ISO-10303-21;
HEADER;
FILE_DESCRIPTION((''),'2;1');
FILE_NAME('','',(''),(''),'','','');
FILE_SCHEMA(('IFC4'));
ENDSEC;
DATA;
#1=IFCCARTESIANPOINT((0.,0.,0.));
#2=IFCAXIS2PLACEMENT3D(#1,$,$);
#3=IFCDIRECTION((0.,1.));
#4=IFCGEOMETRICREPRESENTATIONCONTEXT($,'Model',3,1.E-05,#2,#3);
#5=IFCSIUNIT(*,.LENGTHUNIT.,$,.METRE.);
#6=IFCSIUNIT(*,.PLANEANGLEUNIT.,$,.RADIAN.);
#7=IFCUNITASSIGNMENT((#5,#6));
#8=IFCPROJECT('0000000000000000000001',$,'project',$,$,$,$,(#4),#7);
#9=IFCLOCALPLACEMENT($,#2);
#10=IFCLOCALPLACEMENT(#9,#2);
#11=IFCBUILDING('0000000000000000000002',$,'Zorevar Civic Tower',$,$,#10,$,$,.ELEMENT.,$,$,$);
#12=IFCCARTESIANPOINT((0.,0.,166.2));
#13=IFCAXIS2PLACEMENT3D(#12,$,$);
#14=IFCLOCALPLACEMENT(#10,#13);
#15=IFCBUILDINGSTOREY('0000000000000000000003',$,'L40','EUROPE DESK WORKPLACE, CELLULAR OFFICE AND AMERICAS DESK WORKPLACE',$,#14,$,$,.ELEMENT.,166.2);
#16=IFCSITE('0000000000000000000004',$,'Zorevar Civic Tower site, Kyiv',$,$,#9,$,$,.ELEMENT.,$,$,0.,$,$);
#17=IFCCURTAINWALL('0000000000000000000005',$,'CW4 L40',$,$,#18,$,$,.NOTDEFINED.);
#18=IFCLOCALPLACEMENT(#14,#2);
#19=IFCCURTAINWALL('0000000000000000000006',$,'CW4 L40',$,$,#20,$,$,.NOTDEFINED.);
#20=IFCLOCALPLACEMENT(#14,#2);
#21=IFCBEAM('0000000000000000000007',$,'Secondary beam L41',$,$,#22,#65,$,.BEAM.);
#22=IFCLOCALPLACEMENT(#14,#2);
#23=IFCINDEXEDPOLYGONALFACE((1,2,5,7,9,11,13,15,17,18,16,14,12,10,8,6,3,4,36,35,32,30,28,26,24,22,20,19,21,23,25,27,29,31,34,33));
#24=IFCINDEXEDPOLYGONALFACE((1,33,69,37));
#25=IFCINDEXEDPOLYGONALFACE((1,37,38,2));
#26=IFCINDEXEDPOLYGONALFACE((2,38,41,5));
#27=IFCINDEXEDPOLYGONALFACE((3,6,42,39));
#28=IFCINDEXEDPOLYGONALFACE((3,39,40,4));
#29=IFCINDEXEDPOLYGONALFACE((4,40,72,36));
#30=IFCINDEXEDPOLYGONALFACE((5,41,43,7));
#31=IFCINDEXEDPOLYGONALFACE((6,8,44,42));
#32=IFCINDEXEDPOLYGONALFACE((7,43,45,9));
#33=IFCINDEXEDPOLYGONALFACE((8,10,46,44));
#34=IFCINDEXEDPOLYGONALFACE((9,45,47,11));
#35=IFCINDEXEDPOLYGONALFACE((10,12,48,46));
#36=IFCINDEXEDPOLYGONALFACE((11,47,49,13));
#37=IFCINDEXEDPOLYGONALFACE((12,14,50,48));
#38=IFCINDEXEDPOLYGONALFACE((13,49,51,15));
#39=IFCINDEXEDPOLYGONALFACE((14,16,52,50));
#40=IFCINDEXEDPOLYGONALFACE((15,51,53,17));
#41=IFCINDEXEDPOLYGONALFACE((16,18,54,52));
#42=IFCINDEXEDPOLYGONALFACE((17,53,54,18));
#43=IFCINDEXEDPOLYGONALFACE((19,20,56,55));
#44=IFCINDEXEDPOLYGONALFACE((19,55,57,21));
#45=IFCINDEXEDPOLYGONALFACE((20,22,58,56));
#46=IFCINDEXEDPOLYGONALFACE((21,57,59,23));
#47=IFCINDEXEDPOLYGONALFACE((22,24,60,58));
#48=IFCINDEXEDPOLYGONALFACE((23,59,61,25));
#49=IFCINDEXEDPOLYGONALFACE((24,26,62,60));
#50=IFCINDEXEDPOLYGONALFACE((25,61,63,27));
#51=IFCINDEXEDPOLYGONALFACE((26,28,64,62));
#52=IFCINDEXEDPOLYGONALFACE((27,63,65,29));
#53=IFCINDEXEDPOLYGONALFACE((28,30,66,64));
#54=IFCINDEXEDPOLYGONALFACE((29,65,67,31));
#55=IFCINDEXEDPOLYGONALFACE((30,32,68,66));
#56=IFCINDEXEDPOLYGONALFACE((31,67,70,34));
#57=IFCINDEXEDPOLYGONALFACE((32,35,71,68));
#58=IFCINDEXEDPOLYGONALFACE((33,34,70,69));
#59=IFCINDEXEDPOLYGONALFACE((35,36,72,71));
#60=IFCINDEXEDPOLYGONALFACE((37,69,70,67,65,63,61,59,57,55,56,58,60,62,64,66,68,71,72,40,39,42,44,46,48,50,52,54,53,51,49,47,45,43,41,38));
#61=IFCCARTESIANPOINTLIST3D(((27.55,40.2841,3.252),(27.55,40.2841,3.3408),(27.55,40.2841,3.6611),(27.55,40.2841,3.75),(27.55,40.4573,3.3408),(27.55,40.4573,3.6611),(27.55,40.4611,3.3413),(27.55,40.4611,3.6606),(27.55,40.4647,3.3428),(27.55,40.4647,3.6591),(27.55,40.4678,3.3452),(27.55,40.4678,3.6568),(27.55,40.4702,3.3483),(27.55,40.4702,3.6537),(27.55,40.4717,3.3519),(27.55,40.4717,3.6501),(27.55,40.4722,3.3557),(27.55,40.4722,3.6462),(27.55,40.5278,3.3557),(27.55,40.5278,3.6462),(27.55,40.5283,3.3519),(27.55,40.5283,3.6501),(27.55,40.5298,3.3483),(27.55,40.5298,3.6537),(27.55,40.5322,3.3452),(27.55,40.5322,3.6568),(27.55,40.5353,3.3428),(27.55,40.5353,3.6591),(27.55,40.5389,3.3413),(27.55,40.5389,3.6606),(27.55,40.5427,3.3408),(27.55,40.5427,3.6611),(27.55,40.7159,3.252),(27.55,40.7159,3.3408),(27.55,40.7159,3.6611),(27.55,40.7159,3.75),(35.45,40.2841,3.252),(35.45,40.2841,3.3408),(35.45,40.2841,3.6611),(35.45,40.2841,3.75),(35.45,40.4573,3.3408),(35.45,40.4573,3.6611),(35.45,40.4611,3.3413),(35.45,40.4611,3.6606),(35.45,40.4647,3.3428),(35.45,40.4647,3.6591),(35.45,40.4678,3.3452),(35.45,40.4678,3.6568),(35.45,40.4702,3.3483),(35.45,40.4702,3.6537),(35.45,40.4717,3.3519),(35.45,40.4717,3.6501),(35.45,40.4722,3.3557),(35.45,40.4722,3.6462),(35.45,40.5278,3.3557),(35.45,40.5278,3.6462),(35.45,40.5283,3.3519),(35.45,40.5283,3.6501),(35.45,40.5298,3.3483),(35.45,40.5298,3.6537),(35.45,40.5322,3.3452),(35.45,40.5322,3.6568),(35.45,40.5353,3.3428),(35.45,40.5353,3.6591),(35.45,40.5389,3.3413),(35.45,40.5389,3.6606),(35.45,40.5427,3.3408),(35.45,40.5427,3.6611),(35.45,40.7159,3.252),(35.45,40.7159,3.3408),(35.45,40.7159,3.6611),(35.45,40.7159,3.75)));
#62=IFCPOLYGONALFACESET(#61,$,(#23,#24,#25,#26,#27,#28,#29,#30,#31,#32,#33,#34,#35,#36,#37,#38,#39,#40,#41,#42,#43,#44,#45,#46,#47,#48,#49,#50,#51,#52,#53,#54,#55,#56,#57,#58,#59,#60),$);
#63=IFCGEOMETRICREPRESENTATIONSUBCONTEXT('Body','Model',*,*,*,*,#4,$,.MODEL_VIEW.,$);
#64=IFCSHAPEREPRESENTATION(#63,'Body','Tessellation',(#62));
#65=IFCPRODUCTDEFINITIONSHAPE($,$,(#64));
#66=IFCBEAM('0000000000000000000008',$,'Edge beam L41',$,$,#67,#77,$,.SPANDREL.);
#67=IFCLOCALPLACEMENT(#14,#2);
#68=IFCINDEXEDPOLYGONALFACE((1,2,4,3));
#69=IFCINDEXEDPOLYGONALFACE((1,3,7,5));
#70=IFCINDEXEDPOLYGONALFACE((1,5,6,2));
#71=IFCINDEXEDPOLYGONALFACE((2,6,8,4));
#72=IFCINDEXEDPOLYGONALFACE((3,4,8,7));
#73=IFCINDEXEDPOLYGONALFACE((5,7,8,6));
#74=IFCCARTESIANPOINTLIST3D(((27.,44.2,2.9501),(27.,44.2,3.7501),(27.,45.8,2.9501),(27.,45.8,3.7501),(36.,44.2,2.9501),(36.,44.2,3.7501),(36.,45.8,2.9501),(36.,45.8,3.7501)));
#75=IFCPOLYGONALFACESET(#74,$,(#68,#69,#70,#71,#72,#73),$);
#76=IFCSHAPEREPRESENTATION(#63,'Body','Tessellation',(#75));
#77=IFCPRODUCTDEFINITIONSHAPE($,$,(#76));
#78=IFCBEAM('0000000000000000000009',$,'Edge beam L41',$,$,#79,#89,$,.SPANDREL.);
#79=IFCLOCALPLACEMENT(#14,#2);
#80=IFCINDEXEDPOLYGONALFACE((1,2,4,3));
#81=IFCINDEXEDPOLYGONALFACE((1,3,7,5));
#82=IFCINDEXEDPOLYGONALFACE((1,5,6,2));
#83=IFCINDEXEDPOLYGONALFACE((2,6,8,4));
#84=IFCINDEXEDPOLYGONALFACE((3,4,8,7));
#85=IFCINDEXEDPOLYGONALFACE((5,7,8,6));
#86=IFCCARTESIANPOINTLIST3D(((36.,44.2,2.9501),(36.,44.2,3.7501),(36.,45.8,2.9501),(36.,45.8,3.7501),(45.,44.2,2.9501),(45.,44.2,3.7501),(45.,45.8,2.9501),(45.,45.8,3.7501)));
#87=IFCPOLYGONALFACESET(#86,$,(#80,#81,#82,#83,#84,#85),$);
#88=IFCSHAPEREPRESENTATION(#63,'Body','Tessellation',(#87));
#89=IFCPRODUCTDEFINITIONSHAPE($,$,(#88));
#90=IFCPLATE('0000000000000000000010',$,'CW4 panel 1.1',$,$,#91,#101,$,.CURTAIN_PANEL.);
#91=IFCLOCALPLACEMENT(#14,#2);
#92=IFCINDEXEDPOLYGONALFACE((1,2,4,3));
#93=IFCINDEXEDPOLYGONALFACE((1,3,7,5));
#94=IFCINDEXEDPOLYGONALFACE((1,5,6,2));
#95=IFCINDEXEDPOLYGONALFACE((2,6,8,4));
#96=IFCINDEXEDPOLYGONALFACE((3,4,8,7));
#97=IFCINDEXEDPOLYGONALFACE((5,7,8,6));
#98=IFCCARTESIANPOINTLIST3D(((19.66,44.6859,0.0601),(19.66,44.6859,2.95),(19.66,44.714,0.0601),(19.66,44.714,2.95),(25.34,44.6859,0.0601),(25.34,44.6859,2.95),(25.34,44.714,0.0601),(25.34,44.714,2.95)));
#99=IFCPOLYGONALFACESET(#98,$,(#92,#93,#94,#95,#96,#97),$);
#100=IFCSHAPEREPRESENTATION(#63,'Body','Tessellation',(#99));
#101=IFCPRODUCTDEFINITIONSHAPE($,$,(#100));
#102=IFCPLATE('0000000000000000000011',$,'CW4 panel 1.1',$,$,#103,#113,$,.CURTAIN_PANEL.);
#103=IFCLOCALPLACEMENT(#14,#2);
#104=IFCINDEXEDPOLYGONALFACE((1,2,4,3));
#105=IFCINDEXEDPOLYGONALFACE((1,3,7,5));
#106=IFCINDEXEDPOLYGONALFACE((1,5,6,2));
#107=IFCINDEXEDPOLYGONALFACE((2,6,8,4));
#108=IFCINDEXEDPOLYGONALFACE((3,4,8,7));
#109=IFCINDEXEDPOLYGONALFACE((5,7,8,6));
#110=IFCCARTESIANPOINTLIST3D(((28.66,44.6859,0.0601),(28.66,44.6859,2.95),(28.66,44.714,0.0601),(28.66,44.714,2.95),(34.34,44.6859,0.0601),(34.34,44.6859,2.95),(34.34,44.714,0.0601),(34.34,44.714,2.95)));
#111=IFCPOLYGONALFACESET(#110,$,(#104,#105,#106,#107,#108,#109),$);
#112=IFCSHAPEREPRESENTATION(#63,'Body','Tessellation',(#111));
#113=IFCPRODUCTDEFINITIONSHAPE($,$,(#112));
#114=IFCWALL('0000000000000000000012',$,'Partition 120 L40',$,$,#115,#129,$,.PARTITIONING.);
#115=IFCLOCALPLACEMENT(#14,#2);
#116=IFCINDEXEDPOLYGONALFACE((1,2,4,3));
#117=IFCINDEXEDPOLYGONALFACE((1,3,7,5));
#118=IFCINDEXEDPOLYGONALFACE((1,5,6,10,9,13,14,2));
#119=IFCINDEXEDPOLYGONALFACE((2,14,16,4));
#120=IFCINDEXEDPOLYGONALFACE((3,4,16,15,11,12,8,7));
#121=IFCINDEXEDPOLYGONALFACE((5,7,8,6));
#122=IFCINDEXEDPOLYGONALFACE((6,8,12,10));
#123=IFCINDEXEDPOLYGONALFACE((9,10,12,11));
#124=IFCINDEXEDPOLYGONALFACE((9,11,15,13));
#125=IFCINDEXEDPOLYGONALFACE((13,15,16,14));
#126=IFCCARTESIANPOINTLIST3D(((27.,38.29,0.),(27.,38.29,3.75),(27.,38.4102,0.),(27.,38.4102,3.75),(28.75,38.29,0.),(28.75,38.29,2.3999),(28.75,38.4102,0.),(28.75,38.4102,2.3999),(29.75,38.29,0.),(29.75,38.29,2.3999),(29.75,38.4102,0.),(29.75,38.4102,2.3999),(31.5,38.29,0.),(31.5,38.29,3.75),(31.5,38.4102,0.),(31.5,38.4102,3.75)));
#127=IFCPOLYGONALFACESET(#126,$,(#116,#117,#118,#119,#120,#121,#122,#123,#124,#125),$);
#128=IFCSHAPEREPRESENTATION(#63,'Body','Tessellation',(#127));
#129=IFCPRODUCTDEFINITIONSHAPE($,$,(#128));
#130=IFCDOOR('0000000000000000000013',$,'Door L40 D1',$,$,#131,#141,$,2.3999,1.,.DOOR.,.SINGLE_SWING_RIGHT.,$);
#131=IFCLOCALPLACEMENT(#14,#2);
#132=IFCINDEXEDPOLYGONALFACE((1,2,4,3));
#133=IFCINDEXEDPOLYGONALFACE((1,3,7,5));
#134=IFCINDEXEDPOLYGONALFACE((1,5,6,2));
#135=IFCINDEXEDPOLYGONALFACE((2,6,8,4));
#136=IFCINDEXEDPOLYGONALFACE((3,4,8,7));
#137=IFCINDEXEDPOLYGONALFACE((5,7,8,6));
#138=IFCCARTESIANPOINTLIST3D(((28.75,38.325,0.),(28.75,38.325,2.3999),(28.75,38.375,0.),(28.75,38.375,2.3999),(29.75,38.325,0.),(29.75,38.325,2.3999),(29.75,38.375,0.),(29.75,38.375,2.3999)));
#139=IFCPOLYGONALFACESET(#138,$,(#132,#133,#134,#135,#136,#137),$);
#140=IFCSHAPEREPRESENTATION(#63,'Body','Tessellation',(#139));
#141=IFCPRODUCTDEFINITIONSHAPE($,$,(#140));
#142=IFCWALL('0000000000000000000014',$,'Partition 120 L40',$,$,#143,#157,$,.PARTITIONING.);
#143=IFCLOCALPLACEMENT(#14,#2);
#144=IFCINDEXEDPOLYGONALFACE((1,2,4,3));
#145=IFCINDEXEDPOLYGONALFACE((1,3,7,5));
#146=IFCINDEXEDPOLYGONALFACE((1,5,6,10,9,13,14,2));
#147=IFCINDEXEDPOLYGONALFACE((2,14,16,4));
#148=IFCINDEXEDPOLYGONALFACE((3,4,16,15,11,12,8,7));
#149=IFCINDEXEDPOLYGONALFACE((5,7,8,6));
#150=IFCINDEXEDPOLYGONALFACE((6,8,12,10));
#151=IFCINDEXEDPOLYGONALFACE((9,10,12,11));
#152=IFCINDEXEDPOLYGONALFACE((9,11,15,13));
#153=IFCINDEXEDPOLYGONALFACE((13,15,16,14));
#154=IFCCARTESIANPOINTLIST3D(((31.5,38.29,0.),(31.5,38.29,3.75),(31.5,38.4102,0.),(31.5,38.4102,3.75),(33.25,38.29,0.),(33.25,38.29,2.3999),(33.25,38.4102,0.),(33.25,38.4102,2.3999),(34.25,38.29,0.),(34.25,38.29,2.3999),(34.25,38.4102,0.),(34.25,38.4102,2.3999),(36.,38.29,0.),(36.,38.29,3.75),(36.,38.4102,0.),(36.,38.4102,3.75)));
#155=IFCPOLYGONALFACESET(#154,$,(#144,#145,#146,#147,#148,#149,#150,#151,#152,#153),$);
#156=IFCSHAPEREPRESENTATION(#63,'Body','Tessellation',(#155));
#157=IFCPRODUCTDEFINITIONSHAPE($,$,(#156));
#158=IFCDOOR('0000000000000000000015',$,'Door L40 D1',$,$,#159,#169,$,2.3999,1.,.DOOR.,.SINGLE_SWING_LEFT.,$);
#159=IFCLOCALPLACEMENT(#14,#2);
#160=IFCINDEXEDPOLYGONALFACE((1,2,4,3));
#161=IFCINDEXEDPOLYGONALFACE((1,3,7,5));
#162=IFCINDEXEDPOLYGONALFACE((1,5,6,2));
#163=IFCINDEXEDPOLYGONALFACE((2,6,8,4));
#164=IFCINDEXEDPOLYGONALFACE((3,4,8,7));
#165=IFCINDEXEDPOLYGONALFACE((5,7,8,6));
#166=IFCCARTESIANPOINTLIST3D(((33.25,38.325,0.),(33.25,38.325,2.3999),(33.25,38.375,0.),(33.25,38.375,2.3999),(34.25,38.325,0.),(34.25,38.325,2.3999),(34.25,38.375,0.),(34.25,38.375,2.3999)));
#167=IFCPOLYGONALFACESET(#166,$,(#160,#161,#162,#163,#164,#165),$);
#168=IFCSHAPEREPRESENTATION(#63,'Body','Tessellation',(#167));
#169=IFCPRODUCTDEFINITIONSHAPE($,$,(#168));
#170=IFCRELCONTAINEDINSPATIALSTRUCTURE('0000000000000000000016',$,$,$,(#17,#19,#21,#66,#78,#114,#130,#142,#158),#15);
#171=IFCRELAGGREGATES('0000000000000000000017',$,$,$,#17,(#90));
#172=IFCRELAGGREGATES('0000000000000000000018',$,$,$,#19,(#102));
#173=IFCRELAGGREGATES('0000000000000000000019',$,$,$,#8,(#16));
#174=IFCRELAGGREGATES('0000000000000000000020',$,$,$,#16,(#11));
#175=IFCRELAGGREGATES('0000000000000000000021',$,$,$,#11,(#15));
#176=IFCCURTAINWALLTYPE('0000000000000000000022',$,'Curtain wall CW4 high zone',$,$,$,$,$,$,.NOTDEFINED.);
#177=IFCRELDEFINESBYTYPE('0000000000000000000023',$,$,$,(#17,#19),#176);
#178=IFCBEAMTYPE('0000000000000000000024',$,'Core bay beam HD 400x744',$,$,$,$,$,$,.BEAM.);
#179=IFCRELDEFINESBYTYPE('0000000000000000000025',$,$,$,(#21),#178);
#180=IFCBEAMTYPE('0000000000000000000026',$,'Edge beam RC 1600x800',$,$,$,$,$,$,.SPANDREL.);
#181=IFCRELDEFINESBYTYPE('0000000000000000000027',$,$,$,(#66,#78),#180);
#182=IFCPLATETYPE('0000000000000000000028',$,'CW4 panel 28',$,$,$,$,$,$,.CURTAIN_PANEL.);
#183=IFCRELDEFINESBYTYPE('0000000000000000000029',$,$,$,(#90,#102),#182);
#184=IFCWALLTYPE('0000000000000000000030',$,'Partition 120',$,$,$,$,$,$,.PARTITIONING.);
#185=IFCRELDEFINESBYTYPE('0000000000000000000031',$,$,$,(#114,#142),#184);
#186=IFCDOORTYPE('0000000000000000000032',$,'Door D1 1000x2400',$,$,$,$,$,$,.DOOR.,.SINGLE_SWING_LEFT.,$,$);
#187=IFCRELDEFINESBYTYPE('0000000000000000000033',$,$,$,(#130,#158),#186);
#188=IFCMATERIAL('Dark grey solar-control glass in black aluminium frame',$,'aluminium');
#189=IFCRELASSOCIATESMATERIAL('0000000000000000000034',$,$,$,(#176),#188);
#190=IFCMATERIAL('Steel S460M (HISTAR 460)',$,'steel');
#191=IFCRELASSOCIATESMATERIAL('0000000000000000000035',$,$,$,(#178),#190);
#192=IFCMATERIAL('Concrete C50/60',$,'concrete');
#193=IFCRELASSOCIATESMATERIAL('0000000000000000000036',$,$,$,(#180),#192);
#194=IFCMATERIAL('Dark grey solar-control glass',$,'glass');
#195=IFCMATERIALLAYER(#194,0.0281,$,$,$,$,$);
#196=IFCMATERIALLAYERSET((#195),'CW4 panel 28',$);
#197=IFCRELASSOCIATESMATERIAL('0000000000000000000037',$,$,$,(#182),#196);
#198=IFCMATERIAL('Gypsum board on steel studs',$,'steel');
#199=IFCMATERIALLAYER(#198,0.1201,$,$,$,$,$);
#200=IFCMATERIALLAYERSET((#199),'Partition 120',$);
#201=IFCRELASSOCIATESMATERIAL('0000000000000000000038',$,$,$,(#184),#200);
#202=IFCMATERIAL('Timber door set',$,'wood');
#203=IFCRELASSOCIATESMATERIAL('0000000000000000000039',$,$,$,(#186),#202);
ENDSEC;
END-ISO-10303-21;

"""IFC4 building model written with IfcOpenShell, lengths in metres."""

from ifc_helpers import new_model, si_unit, direction, frame, frame_2d, origin, origin_2d, place, context, subcontext, project, spatial, rectangle, i_section, extrude, material, layer, layer_set, material_profile, profile_set, type_object, element, fill, aggregate, save


model = new_model("IFC4")

# Units and contexts
model_context = context("Model", 3, precision=1e-05, world=origin(), true_north=direction((0.0, 1.0)))
body_context = subcontext(model_context, "Body", "Model", "MODEL_VIEW")
ifc_project = project(units=[si_unit("LENGTHUNIT", "METRE"), si_unit("PLANEANGLEUNIT", "RADIAN")], contexts=[model_context])

# Site, building, storey
site_placement = place(None, origin())
site = spatial("IfcSite", under=ifc_project, at=site_placement, Name="Zorevar Civic Tower site, Kyiv", CompositionType="ELEMENT", RefElevation=0.0)
building_placement = place(site_placement, origin())
building = spatial("IfcBuilding", under=site, at=building_placement, Name="Zorevar Civic Tower", CompositionType="ELEMENT")
storey_placement = place(building_placement, frame((0.0, 0.0, 166.2)))
storey = spatial("IfcBuildingStorey", under=building, at=storey_placement, Name="L40", Description="EUROPE DESK WORKPLACE, CELLULAR OFFICE AND AMERICAS DESK WORKPLACE", CompositionType="ELEMENT", Elevation=166.2)

# Curtain walls
ifc_material_1 = material(Name="Dark grey solar-control glass in black aluminium frame", Category="aluminium")
curtain_wall_type = type_object("IfcCurtainWallType", Name="Curtain wall CW4 high zone", PredefinedType="NOTDEFINED", material=ifc_material_1)
curtain_wall_1_placement = place(storey_placement, origin())
curtain_wall_1 = element("IfcCurtainWall", 1, at=curtain_wall_1_placement, inside=storey, type_object=curtain_wall_type, Name="CW4 L40", PredefinedType="NOTDEFINED")
curtain_wall_2_placement = place(storey_placement, origin())
curtain_wall_2 = element("IfcCurtainWall", 2, at=curtain_wall_2_placement, inside=storey, type_object=curtain_wall_type, Name="CW4 L40", PredefinedType="NOTDEFINED")

# Beams
ifc_material_2 = material(Name="Steel S460M (HISTAR 460)", Category="steel")
ifc_material_profile_1 = material_profile(ifc_material_2, i_section(OverallWidth=0.4319, OverallDepth=0.498, WebThickness=0.0557, FlangeThickness=0.0889, FilletRadius=0.0149, at=origin_2d()), Name="HD 400x744")
ifc_profile_set_1 = profile_set([ifc_material_profile_1], Name="Steel S460M (HISTAR 460)")
beam_type_1 = type_object("IfcBeamType", Name="Core bay beam HD 400x744", PredefinedType="BEAM", material=ifc_profile_set_1)
for number, where, z_axis, x_axis, name in (
    (3, (27.55, 40.5, 3.501), (1.0, 0.0, 0.0), (0.0, 1.0, 0.0), "Secondary beam L41"),
):
    element("IfcBeam", number, at=place(storey_placement, frame(where, z_axis=z_axis, x_axis=x_axis)), inside=storey, type_object=beam_type_1, Name=name, PredefinedType="BEAM", context=body_context, shape_type="SweptSolid", body=[
        extrude(i_section(OverallWidth=0.4319, OverallDepth=0.498, WebThickness=0.0557, FlangeThickness=0.0889, FilletRadius=0.0149, at=origin_2d()), origin(), (0.0, 0.0, 1.0), 7.8999),
    ])
ifc_material_3 = material(Name="Concrete C50/60", Category="concrete")
ifc_material_profile_2 = material_profile(ifc_material_3, rectangle(XDim=1.6001, YDim=0.8, at=origin_2d()), Name="RC 1600x800")
ifc_profile_set_2 = profile_set([ifc_material_profile_2], Name="Concrete C50/60")
beam_type_2 = type_object("IfcBeamType", Name="Edge beam RC 1600x800", PredefinedType="SPANDREL", material=ifc_profile_set_2)
for number, where, z_axis, x_axis, name in (
    (4, (27.0, 45.0, 3.3501), (1.0, 0.0, 0.0), (0.0, 1.0, 0.0), "Edge beam L41"),
    (5, (36.0, 45.0, 3.3501), (1.0, 0.0, 0.0), (0.0, 1.0, 0.0), "Edge beam L41"),
):
    element("IfcBeam", number, at=place(storey_placement, frame(where, z_axis=z_axis, x_axis=x_axis)), inside=storey, type_object=beam_type_2, Name=name, PredefinedType="SPANDREL", context=body_context, shape_type="SweptSolid", body=[
        extrude(rectangle(XDim=1.6001, YDim=0.8, at=origin_2d()), origin(), (0.0, 0.0, 1.0), 9.0),
    ])

# Plates
ifc_material_4 = material(Name="Dark grey solar-control glass", Category="glass")
ifc_layer_1 = layer(ifc_material_4, 0.0281)
ifc_layer_set_1 = layer_set([ifc_layer_1], Name="CW4 panel 28")
plate_type = type_object("IfcPlateType", Name="CW4 panel 28", PredefinedType="CURTAIN_PANEL", material=ifc_layer_set_1)
plate_1_placement = place(storey_placement, frame((22.5, 44.7, 0.0601), z_axis=(0.0, 0.0, 1.0), x_axis=(1.0, 0.0, 0.0)))
plate_1 = element("IfcPlate", 6, at=plate_1_placement, type_object=plate_type, Name="CW4 panel 1.1", PredefinedType="CURTAIN_PANEL", context=body_context, shape_type="SweptSolid", body=[
    extrude(rectangle(XDim=5.6799, YDim=0.0281, at=origin_2d()), origin(), (0.0, 0.0, 1.0), 2.8899),
])
aggregate(curtain_wall_1, [plate_1])
plate_2_placement = place(storey_placement, frame((31.5, 44.7, 0.0601), z_axis=(0.0, 0.0, 1.0), x_axis=(1.0, 0.0, 0.0)))
plate_2 = element("IfcPlate", 7, at=plate_2_placement, type_object=plate_type, Name="CW4 panel 1.1", PredefinedType="CURTAIN_PANEL", context=body_context, shape_type="SweptSolid", body=[
    extrude(rectangle(XDim=5.6799, YDim=0.0281, at=origin_2d()), origin(), (0.0, 0.0, 1.0), 2.8899),
])
aggregate(curtain_wall_2, [plate_2])

# Walls, openings, doors
ifc_material_5 = material(Name="Gypsum board on steel studs", Category="steel")
ifc_layer_2 = layer(ifc_material_5, 0.1201)
ifc_layer_set_2 = layer_set([ifc_layer_2], Name="Partition 120")
wall_type = type_object("IfcWallType", Name="Partition 120", PredefinedType="PARTITIONING", material=ifc_layer_set_2)
wall_1_placement = place(storey_placement, frame((27.0, 38.3501, 0.0), z_axis=(0.0, 0.0, 1.0), x_axis=(1.0, 0.0, 0.0)))
wall_1 = element("IfcWall", 8, at=wall_1_placement, inside=storey, type_object=wall_type, Name="Partition 120 L40", PredefinedType="PARTITIONING", context=body_context, shape_type="SweptSolid", body=[
    extrude(rectangle(XDim=4.5, YDim=0.1201, at=frame_2d((2.25, 0.0))), origin(), (0.0, 0.0, 1.0), 3.75),
])
opening_1_placement = place(wall_1_placement, frame((1.75, 0.0, 0.0)))
opening_1 = element("IfcOpeningElement", 9, at=opening_1_placement, cuts=wall_1, PredefinedType="OPENING", context=body_context, shape_type="SweptSolid", body=[
    extrude(rectangle(XDim=1.0, YDim=2.3999, at=frame_2d((0.5, 1.2))), frame((0.0, 0.0701, 0.0), z_axis=(0.0, -1.0, 0.0), x_axis=(1.0, 0.0, 0.0)), (0.0, 0.0, 1.0), 0.1401),
])
ifc_material_6 = material(Name="Timber door set", Category="wood")
door_type = type_object("IfcDoorType", Name="Door D1 1000x2400", OperationType="SINGLE_SWING_LEFT", PredefinedType="DOOR", material=ifc_material_6)
door_1_placement = place(opening_1_placement, origin())
door_1 = element("IfcDoor", 10, at=door_1_placement, inside=storey, type_object=door_type, Name="Door L40 D1", OperationType="SINGLE_SWING_RIGHT", OverallHeight=2.3999, OverallWidth=1.0, PredefinedType="DOOR", context=body_context, shape_type="SweptSolid", body=[
    extrude(rectangle(XDim=1.0, YDim=2.3999, at=frame_2d((0.5, 1.2))), frame((0.0, 0.0249, 0.0), z_axis=(0.0, -1.0, 0.0), x_axis=(1.0, 0.0, 0.0)), (0.0, 0.0, 1.0), 0.05),
])
fill(opening_1, door_1)
wall_2_placement = place(storey_placement, frame((31.5, 38.3501, 0.0), z_axis=(0.0, 0.0, 1.0), x_axis=(1.0, 0.0, 0.0)))
wall_2 = element("IfcWall", 11, at=wall_2_placement, inside=storey, type_object=wall_type, Name="Partition 120 L40", PredefinedType="PARTITIONING", context=body_context, shape_type="SweptSolid", body=[
    extrude(rectangle(XDim=4.5, YDim=0.1201, at=frame_2d((2.25, 0.0))), origin(), (0.0, 0.0, 1.0), 3.75),
])
opening_2_placement = place(wall_2_placement, frame((1.75, 0.0, 0.0)))
opening_2 = element("IfcOpeningElement", 12, at=opening_2_placement, cuts=wall_2, PredefinedType="OPENING", context=body_context, shape_type="SweptSolid", body=[
    extrude(rectangle(XDim=1.0, YDim=2.3999, at=frame_2d((0.5, 1.2))), frame((0.0, 0.0701, 0.0), z_axis=(0.0, -1.0, 0.0), x_axis=(1.0, 0.0, 0.0)), (0.0, 0.0, 1.0), 0.1401),
])
door_2_placement = place(opening_2_placement, origin())
door_2 = element("IfcDoor", 13, at=door_2_placement, inside=storey, type_object=door_type, Name="Door L40 D1", OperationType="SINGLE_SWING_LEFT", OverallHeight=2.3999, OverallWidth=1.0, PredefinedType="DOOR", context=body_context, shape_type="SweptSolid", body=[
    extrude(rectangle(XDim=1.0, YDim=2.3999, at=frame_2d((0.5, 1.2))), frame((0.0, 0.0249, 0.0), z_axis=(0.0, -1.0, 0.0), x_axis=(1.0, 0.0, 0.0)), (0.0, 0.0, 1.0), 0.05),
])
fill(opening_2, door_2)

save(model, "model.ifc")
